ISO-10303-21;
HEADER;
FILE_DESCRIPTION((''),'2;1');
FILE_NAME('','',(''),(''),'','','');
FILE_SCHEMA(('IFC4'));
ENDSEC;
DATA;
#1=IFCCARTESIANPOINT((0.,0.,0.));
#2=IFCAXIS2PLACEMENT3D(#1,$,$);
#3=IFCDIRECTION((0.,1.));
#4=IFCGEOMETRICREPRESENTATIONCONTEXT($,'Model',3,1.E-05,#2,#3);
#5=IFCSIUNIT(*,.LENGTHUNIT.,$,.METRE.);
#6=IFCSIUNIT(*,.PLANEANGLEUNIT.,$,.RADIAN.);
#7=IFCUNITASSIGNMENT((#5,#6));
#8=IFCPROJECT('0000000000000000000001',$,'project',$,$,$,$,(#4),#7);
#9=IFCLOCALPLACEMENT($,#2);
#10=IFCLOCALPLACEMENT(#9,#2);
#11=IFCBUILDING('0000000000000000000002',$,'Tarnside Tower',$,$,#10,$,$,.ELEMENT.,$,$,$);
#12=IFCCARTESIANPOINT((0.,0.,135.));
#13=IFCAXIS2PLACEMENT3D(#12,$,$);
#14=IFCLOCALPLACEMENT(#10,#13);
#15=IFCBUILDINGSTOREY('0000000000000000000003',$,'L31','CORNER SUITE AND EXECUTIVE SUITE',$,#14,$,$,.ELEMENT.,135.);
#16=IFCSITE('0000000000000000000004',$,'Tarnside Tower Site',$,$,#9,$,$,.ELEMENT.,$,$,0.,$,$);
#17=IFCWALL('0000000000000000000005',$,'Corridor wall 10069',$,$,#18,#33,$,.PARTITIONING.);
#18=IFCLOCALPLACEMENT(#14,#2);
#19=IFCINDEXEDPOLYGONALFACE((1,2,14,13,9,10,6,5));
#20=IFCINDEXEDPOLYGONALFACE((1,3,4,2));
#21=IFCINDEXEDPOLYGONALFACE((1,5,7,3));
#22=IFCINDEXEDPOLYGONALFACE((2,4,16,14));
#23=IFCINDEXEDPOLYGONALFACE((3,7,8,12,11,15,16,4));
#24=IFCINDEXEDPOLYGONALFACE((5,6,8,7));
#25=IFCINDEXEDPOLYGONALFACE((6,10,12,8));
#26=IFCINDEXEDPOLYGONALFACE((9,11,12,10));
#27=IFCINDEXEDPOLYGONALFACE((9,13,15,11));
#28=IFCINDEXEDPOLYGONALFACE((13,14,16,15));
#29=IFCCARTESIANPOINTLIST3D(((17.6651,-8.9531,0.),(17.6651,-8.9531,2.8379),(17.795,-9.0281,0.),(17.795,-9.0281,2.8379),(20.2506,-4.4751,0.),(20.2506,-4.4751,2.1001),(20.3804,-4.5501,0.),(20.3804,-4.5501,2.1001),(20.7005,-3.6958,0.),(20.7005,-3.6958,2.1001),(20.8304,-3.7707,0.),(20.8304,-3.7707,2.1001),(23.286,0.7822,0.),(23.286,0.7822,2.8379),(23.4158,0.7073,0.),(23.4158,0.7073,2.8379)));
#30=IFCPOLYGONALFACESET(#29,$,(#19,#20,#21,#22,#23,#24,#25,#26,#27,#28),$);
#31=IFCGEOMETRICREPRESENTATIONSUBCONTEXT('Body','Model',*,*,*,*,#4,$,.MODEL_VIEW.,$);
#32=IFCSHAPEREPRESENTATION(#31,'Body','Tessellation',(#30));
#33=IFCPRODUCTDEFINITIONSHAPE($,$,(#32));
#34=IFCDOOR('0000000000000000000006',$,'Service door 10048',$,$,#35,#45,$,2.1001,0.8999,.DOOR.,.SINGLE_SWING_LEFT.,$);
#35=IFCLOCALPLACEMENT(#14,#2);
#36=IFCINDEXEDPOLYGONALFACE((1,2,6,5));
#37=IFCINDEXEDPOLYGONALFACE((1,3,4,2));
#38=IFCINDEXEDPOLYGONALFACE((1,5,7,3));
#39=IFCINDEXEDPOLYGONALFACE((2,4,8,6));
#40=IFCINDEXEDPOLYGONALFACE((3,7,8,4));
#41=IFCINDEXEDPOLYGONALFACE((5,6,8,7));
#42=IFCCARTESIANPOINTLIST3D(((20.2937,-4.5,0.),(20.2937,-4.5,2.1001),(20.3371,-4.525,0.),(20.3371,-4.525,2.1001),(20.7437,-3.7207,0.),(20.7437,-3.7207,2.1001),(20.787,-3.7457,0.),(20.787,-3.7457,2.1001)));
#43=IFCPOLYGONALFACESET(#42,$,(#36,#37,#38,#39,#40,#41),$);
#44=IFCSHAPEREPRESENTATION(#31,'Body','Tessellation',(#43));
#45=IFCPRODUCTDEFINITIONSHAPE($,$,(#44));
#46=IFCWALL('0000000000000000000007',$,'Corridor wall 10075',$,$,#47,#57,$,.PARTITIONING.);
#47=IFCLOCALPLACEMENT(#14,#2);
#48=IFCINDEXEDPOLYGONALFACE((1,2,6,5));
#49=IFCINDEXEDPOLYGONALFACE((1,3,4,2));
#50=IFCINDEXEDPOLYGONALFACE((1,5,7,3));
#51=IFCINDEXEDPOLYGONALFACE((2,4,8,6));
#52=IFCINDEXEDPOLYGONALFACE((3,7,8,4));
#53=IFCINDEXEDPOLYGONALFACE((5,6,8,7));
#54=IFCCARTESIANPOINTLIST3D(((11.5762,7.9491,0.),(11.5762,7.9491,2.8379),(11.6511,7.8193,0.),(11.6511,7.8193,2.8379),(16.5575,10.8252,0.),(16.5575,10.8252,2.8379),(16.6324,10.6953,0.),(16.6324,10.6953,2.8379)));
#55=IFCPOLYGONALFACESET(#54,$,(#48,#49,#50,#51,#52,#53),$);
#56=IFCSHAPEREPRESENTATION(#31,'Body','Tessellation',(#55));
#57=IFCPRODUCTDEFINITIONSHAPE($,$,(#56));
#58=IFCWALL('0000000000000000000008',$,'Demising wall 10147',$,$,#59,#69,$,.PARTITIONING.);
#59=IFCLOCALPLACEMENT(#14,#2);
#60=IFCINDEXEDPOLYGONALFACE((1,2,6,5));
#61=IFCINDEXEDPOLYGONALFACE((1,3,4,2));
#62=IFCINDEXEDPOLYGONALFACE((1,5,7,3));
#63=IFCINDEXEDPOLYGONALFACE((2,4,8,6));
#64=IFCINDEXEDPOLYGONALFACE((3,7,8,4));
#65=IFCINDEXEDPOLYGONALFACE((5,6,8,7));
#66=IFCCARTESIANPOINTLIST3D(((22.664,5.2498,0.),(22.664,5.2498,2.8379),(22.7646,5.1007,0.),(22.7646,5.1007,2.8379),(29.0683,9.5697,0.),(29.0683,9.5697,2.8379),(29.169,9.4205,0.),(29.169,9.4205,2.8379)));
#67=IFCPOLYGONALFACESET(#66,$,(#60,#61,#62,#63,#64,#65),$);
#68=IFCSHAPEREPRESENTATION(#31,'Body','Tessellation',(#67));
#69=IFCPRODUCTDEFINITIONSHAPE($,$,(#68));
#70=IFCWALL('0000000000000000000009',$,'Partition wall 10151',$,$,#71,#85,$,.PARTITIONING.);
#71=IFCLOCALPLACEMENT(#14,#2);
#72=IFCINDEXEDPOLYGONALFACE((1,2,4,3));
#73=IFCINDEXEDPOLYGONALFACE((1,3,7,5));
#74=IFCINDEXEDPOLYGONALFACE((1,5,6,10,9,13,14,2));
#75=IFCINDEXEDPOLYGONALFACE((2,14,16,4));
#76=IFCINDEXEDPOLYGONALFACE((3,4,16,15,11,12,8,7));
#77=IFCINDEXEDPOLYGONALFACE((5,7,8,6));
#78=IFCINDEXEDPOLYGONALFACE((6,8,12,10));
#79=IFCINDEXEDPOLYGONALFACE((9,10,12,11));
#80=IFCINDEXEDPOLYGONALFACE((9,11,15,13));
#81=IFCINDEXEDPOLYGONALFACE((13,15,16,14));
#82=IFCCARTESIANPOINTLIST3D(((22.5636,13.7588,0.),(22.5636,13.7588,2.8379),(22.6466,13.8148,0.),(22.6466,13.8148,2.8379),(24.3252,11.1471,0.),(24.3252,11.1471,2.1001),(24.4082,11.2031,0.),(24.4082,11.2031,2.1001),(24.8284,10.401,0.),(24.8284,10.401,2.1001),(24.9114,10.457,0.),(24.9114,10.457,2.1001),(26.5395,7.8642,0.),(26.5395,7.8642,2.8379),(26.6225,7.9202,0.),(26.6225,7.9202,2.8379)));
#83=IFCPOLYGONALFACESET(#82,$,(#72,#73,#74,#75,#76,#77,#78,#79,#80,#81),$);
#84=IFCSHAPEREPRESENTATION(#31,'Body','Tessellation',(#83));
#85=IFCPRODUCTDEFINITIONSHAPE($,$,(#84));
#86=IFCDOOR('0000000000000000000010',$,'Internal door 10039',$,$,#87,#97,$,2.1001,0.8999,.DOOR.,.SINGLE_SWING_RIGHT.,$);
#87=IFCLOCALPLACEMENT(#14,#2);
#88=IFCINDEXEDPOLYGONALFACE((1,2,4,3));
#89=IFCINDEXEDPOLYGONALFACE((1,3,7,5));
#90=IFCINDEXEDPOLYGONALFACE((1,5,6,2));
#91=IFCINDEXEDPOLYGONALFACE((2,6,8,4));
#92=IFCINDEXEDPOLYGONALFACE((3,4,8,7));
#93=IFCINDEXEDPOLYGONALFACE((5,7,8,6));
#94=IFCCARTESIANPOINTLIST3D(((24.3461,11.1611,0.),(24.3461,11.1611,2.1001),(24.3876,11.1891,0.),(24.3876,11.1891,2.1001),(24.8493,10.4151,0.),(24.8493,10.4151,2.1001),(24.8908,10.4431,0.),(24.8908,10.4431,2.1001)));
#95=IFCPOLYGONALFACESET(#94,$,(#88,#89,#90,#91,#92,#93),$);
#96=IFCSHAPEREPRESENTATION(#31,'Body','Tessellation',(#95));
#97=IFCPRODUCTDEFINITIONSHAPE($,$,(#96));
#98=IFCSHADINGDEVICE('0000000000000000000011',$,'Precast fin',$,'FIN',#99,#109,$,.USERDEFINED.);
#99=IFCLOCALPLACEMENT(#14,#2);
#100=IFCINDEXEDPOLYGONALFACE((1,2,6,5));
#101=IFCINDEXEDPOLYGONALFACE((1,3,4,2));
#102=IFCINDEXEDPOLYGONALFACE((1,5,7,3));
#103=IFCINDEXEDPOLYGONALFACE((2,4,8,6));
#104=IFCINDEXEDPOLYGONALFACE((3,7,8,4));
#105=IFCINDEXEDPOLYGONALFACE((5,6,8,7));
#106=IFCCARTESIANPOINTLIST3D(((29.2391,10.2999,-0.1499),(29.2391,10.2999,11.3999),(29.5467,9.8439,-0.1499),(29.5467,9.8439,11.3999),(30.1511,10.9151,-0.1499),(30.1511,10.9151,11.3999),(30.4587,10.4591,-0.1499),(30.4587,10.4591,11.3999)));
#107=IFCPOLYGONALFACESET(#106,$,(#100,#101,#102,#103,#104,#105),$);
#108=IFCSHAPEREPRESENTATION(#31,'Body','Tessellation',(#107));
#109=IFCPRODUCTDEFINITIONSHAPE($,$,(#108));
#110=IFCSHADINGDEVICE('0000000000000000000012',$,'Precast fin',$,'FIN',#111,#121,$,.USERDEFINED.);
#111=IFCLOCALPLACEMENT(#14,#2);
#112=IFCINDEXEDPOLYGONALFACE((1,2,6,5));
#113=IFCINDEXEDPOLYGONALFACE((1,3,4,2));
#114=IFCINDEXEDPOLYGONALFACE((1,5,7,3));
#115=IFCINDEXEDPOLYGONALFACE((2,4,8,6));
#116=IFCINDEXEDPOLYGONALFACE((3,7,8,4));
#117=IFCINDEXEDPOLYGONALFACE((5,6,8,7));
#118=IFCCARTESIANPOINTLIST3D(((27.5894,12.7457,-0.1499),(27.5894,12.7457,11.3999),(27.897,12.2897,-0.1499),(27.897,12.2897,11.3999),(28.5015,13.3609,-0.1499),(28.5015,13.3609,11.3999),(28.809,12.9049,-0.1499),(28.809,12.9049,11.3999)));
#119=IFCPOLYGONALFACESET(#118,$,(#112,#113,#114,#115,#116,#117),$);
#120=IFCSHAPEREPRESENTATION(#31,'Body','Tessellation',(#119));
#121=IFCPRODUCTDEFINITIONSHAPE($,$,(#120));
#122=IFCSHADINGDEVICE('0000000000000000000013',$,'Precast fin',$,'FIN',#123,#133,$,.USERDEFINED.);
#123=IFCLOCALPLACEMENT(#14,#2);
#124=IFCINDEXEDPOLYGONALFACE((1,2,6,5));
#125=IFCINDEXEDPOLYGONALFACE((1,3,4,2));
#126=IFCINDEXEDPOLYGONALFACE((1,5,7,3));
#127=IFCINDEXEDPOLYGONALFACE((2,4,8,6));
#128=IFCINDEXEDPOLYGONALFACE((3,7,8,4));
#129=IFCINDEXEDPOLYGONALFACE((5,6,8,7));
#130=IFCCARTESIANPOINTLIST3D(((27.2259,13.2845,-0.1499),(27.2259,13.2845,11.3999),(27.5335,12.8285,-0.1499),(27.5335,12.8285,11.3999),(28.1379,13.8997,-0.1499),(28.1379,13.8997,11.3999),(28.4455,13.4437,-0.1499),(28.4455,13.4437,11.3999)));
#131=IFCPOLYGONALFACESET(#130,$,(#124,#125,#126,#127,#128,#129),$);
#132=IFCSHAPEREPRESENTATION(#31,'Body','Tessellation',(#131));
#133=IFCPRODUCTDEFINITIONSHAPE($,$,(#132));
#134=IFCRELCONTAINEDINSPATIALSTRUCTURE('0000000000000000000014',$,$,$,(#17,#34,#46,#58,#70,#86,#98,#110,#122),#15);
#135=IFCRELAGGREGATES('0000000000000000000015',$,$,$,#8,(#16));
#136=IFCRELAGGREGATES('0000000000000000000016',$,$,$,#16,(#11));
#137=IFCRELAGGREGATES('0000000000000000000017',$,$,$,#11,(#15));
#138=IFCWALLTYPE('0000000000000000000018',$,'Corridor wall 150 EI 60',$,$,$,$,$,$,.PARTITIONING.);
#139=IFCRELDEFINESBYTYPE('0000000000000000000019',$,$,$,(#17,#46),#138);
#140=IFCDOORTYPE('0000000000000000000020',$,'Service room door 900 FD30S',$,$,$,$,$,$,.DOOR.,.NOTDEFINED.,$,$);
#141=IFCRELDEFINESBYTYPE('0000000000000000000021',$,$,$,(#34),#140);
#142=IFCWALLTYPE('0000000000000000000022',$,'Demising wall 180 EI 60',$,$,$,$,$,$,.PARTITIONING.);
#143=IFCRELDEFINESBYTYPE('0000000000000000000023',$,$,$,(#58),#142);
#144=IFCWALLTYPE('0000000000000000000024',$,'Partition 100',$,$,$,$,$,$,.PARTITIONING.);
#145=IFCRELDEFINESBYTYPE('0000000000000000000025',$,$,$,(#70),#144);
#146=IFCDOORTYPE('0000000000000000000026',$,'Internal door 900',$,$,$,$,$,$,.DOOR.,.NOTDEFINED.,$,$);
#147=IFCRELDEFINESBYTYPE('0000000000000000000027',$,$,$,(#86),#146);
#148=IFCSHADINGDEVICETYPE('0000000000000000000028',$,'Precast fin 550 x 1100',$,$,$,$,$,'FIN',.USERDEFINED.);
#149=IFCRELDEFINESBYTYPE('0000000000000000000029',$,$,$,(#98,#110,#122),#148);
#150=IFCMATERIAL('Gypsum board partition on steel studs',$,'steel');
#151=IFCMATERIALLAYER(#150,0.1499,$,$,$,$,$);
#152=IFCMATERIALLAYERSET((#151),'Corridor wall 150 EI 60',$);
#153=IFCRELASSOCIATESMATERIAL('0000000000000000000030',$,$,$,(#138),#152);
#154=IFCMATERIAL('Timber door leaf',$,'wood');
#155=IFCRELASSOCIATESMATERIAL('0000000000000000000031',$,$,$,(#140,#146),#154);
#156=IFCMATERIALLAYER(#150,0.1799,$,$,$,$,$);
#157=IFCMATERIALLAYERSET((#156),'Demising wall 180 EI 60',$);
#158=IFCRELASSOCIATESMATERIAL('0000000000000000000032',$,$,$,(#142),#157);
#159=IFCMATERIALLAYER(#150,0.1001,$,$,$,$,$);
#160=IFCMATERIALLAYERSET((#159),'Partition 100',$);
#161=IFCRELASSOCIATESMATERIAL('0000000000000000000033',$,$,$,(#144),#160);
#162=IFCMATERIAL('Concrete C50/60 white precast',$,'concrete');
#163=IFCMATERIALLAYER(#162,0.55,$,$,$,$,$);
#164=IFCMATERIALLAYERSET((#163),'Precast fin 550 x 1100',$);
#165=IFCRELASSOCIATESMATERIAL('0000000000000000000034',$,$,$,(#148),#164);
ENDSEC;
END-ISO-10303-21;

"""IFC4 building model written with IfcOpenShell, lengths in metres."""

from ifc_helpers import new_model, si_unit, direction, frame, frame_2d, origin, place, context, subcontext, project, spatial, polyline, rectangle, outline, extrude, material, layer, layer_set, type_object, element, fill, save


model = new_model("IFC4")

# Units and contexts
model_context = context("Model", 3, precision=1e-05, world=origin(), true_north=direction((0.0, 1.0)))
body_context = subcontext(model_context, "Body", "Model", "MODEL_VIEW")
ifc_project = project(units=[si_unit("LENGTHUNIT", "METRE"), si_unit("PLANEANGLEUNIT", "RADIAN")], contexts=[model_context])

# Site, building, storey
site_placement = place(None, origin())
site = spatial("IfcSite", under=ifc_project, at=site_placement, Name="Tarnside Tower Site", CompositionType="ELEMENT", RefElevation=0.0)
building_placement = place(site_placement, origin())
building = spatial("IfcBuilding", under=site, at=building_placement, Name="Tarnside Tower", CompositionType="ELEMENT")
storey_placement = place(building_placement, frame((0.0, 0.0, 135.0)))
storey = spatial("IfcBuildingStorey", under=building, at=storey_placement, Name="L31", Description="CORNER SUITE AND EXECUTIVE SUITE", CompositionType="ELEMENT", Elevation=135.0)

# Shared definitions
ifc_material_1 = material(Name="Gypsum board partition on steel studs", Category="steel")
ifc_layer_1 = layer(ifc_material_1, 0.1499)
ifc_layer_set_1 = layer_set([ifc_layer_1], Name="Corridor wall 150 EI 60")
wall_type_1 = type_object("IfcWallType", Name="Corridor wall 150 EI 60", PredefinedType="PARTITIONING", material=ifc_layer_set_1)
ifc_material_2 = material(Name="Timber door leaf", Category="wood")

# Wall, opening, door
wall_1_placement = place(storey_placement, frame((23.3508, 0.7446, 0.0), z_axis=(0.0, 0.0, 1.0), x_axis=(-0.500009, -0.86602, 0.0)))
wall_1 = element("IfcWall", 1, at=wall_1_placement, inside=storey, type_object=wall_type_1, Name="Corridor wall 10069", PredefinedType="PARTITIONING", context=body_context, shape_type="SweptSolid", body=[
    extrude(rectangle(XDim=11.2415, YDim=0.1499, at=frame_2d((5.6206, 0.0))), origin(), (0.0, 0.0, 1.0), 2.8379),
])
opening_1_placement = place(wall_1_placement, frame((5.1707, 0.0, 0.0)))
opening_1 = element("IfcOpeningElement", 2, at=opening_1_placement, cuts=wall_1, PredefinedType="OPENING", context=body_context, shape_type="SweptSolid", body=[
    extrude(rectangle(XDim=0.8999, YDim=2.1001, at=frame_2d((0.45, 1.05))), frame((0.0, 0.085, 0.0), z_axis=(0.0, -1.0, 0.0), x_axis=(1.0, 0.0, 0.0)), (0.0, 0.0, 1.0), 0.1699),
])
door_type_1 = type_object("IfcDoorType", Name="Service room door 900 FD30S", OperationType="NOTDEFINED", PredefinedType="DOOR", material=ifc_material_2)
door_1_placement = place(opening_1_placement, origin())
door_1 = element("IfcDoor", 3, at=door_1_placement, inside=storey, type_object=door_type_1, Name="Service door 10048", OperationType="SINGLE_SWING_LEFT", OverallHeight=2.1001, OverallWidth=0.8999, PredefinedType="DOOR", context=body_context, shape_type="SweptSolid", body=[
    extrude(rectangle(XDim=0.8999, YDim=2.1001, at=frame_2d((0.45, 1.05))), frame((0.0, 0.0249, 0.0), z_axis=(0.0, -1.0, 0.0), x_axis=(1.0, 0.0, 0.0)), (0.0, 0.0, 1.0), 0.05),
])
fill(opening_1, door_1)

# Walls
wall_2_placement = place(storey_placement, frame((16.595, 10.7603, 0.0), z_axis=(0.0, 0.0, 1.0), x_axis=(-0.866019, -0.50001, 0.0)))
element("IfcWall", 4, at=wall_2_placement, inside=storey, type_object=wall_type_1, Name="Corridor wall 10075", PredefinedType="PARTITIONING", context=body_context, shape_type="SweptSolid", body=[
    extrude(rectangle(XDim=5.752, YDim=0.1499, at=frame_2d((2.876, 0.0))), origin(), (0.0, 0.0, 1.0), 2.8379),
])
ifc_layer_2 = layer(ifc_material_1, 0.1799)
ifc_layer_set_2 = layer_set([ifc_layer_2], Name="Demising wall 180 EI 60")
wall_type_2 = type_object("IfcWallType", Name="Demising wall 180 EI 60", PredefinedType="PARTITIONING", material=ifc_layer_set_2)
wall_3_placement = place(storey_placement, frame((29.1187, 9.4951, 0.0), z_axis=(0.0, 0.0, 1.0), x_axis=(-0.829033, -0.559199, 0.0)))
element("IfcWall", 5, at=wall_3_placement, inside=storey, type_object=wall_type_2, Name="Demising wall 10147", PredefinedType="PARTITIONING", context=body_context, shape_type="SweptSolid", body=[
    extrude(rectangle(XDim=7.7251, YDim=0.1799, at=frame_2d((3.8625, 0.0))), origin(), (0.0, 0.0, 1.0), 2.8379),
])

# Wall, opening, door
ifc_layer_3 = layer(ifc_material_1, 0.1001)
ifc_layer_set_3 = layer_set([ifc_layer_3], Name="Partition 100")
wall_type_3 = type_object("IfcWallType", Name="Partition 100", PredefinedType="PARTITIONING", material=ifc_layer_set_3)
wall_4_placement = place(storey_placement, frame((26.5811, 7.8921, 0.0), z_axis=(0.0, 0.0, 1.0), x_axis=(-0.559185, 0.829043, 0.0)))
wall_4 = element("IfcWall", 6, at=wall_4_placement, inside=storey, type_object=wall_type_3, Name="Partition wall 10151", PredefinedType="PARTITIONING", context=body_context, shape_type="SweptSolid", body=[
    extrude(rectangle(XDim=7.1101, YDim=0.1001, at=frame_2d((3.5552, 0.0))), origin(), (0.0, 0.0, 1.0), 2.8379),
])
opening_2_placement = place(wall_4_placement, frame((3.0601, 0.0, 0.0)))
opening_2 = element("IfcOpeningElement", 7, at=opening_2_placement, cuts=wall_4, PredefinedType="OPENING", context=body_context, shape_type="SweptSolid", body=[
    extrude(rectangle(XDim=0.8999, YDim=2.1001, at=frame_2d((0.45, 1.05))), frame((0.0, 0.0601, 0.0), z_axis=(0.0, -1.0, 0.0), x_axis=(1.0, 0.0, 0.0)), (0.0, 0.0, 1.0), 0.1201),
])
door_type_2 = type_object("IfcDoorType", Name="Internal door 900", OperationType="NOTDEFINED", PredefinedType="DOOR", material=ifc_material_2)
door_2_placement = place(opening_2_placement, origin())
door_2 = element("IfcDoor", 8, at=door_2_placement, inside=storey, type_object=door_type_2, Name="Internal door 10039", OperationType="SINGLE_SWING_RIGHT", OverallHeight=2.1001, OverallWidth=0.8999, PredefinedType="DOOR", context=body_context, shape_type="SweptSolid", body=[
    extrude(rectangle(XDim=0.8999, YDim=2.1001, at=frame_2d((0.45, 1.05))), frame((0.0, 0.0249, 0.0), z_axis=(0.0, -1.0, 0.0), x_axis=(1.0, 0.0, 0.0)), (0.0, 0.0, 1.0), 0.05),
])
fill(opening_2, door_2)

# Shading devices
ifc_material_3 = material(Name="Concrete C50/60 white precast", Category="concrete")
ifc_layer_4 = layer(ifc_material_3, 0.55)
ifc_layer_set_4 = layer_set([ifc_layer_4], Name="Precast fin 550 x 1100")
shading_device_type = type_object("IfcShadingDeviceType", Name="Precast fin 550 x 1100", ElementType="FIN", PredefinedType="USERDEFINED", material=ifc_layer_set_4)
for number, where, z_axis, x_axis, name in (
    (9, (29.3928, 10.072, -0.1499), (0.559193, -0.829038, 0.0), (0.829038, 0.559193, 0.0), "Precast fin"),
    (10, (27.7432, 12.5178, -0.1499), (0.559193, -0.829038, 0.0), (0.829038, 0.559193, 0.0), "Precast fin"),
    (11, (27.3796, 13.0566, -0.1499), (0.559193, -0.829038, 0.0), (0.829038, 0.559193, 0.0), "Precast fin"),
):
    element("IfcShadingDevice", number, at=place(storey_placement, frame(where, z_axis=z_axis, x_axis=x_axis)), inside=storey, type_object=shading_device_type, Name=name, ObjectType="FIN", PredefinedType="USERDEFINED", context=body_context, shape_type="SweptSolid", body=[
        extrude(outline(polyline([(0.0, 0.0), (1.1001, 0.0), (1.1001, 11.5498), (0.0, 11.5498), (0.0, 0.0)])), frame((0.0, 0.0, -0.2749)), (0.0, 0.0, 1.0), 0.55),
    ])

save(model, "model.ifc")
